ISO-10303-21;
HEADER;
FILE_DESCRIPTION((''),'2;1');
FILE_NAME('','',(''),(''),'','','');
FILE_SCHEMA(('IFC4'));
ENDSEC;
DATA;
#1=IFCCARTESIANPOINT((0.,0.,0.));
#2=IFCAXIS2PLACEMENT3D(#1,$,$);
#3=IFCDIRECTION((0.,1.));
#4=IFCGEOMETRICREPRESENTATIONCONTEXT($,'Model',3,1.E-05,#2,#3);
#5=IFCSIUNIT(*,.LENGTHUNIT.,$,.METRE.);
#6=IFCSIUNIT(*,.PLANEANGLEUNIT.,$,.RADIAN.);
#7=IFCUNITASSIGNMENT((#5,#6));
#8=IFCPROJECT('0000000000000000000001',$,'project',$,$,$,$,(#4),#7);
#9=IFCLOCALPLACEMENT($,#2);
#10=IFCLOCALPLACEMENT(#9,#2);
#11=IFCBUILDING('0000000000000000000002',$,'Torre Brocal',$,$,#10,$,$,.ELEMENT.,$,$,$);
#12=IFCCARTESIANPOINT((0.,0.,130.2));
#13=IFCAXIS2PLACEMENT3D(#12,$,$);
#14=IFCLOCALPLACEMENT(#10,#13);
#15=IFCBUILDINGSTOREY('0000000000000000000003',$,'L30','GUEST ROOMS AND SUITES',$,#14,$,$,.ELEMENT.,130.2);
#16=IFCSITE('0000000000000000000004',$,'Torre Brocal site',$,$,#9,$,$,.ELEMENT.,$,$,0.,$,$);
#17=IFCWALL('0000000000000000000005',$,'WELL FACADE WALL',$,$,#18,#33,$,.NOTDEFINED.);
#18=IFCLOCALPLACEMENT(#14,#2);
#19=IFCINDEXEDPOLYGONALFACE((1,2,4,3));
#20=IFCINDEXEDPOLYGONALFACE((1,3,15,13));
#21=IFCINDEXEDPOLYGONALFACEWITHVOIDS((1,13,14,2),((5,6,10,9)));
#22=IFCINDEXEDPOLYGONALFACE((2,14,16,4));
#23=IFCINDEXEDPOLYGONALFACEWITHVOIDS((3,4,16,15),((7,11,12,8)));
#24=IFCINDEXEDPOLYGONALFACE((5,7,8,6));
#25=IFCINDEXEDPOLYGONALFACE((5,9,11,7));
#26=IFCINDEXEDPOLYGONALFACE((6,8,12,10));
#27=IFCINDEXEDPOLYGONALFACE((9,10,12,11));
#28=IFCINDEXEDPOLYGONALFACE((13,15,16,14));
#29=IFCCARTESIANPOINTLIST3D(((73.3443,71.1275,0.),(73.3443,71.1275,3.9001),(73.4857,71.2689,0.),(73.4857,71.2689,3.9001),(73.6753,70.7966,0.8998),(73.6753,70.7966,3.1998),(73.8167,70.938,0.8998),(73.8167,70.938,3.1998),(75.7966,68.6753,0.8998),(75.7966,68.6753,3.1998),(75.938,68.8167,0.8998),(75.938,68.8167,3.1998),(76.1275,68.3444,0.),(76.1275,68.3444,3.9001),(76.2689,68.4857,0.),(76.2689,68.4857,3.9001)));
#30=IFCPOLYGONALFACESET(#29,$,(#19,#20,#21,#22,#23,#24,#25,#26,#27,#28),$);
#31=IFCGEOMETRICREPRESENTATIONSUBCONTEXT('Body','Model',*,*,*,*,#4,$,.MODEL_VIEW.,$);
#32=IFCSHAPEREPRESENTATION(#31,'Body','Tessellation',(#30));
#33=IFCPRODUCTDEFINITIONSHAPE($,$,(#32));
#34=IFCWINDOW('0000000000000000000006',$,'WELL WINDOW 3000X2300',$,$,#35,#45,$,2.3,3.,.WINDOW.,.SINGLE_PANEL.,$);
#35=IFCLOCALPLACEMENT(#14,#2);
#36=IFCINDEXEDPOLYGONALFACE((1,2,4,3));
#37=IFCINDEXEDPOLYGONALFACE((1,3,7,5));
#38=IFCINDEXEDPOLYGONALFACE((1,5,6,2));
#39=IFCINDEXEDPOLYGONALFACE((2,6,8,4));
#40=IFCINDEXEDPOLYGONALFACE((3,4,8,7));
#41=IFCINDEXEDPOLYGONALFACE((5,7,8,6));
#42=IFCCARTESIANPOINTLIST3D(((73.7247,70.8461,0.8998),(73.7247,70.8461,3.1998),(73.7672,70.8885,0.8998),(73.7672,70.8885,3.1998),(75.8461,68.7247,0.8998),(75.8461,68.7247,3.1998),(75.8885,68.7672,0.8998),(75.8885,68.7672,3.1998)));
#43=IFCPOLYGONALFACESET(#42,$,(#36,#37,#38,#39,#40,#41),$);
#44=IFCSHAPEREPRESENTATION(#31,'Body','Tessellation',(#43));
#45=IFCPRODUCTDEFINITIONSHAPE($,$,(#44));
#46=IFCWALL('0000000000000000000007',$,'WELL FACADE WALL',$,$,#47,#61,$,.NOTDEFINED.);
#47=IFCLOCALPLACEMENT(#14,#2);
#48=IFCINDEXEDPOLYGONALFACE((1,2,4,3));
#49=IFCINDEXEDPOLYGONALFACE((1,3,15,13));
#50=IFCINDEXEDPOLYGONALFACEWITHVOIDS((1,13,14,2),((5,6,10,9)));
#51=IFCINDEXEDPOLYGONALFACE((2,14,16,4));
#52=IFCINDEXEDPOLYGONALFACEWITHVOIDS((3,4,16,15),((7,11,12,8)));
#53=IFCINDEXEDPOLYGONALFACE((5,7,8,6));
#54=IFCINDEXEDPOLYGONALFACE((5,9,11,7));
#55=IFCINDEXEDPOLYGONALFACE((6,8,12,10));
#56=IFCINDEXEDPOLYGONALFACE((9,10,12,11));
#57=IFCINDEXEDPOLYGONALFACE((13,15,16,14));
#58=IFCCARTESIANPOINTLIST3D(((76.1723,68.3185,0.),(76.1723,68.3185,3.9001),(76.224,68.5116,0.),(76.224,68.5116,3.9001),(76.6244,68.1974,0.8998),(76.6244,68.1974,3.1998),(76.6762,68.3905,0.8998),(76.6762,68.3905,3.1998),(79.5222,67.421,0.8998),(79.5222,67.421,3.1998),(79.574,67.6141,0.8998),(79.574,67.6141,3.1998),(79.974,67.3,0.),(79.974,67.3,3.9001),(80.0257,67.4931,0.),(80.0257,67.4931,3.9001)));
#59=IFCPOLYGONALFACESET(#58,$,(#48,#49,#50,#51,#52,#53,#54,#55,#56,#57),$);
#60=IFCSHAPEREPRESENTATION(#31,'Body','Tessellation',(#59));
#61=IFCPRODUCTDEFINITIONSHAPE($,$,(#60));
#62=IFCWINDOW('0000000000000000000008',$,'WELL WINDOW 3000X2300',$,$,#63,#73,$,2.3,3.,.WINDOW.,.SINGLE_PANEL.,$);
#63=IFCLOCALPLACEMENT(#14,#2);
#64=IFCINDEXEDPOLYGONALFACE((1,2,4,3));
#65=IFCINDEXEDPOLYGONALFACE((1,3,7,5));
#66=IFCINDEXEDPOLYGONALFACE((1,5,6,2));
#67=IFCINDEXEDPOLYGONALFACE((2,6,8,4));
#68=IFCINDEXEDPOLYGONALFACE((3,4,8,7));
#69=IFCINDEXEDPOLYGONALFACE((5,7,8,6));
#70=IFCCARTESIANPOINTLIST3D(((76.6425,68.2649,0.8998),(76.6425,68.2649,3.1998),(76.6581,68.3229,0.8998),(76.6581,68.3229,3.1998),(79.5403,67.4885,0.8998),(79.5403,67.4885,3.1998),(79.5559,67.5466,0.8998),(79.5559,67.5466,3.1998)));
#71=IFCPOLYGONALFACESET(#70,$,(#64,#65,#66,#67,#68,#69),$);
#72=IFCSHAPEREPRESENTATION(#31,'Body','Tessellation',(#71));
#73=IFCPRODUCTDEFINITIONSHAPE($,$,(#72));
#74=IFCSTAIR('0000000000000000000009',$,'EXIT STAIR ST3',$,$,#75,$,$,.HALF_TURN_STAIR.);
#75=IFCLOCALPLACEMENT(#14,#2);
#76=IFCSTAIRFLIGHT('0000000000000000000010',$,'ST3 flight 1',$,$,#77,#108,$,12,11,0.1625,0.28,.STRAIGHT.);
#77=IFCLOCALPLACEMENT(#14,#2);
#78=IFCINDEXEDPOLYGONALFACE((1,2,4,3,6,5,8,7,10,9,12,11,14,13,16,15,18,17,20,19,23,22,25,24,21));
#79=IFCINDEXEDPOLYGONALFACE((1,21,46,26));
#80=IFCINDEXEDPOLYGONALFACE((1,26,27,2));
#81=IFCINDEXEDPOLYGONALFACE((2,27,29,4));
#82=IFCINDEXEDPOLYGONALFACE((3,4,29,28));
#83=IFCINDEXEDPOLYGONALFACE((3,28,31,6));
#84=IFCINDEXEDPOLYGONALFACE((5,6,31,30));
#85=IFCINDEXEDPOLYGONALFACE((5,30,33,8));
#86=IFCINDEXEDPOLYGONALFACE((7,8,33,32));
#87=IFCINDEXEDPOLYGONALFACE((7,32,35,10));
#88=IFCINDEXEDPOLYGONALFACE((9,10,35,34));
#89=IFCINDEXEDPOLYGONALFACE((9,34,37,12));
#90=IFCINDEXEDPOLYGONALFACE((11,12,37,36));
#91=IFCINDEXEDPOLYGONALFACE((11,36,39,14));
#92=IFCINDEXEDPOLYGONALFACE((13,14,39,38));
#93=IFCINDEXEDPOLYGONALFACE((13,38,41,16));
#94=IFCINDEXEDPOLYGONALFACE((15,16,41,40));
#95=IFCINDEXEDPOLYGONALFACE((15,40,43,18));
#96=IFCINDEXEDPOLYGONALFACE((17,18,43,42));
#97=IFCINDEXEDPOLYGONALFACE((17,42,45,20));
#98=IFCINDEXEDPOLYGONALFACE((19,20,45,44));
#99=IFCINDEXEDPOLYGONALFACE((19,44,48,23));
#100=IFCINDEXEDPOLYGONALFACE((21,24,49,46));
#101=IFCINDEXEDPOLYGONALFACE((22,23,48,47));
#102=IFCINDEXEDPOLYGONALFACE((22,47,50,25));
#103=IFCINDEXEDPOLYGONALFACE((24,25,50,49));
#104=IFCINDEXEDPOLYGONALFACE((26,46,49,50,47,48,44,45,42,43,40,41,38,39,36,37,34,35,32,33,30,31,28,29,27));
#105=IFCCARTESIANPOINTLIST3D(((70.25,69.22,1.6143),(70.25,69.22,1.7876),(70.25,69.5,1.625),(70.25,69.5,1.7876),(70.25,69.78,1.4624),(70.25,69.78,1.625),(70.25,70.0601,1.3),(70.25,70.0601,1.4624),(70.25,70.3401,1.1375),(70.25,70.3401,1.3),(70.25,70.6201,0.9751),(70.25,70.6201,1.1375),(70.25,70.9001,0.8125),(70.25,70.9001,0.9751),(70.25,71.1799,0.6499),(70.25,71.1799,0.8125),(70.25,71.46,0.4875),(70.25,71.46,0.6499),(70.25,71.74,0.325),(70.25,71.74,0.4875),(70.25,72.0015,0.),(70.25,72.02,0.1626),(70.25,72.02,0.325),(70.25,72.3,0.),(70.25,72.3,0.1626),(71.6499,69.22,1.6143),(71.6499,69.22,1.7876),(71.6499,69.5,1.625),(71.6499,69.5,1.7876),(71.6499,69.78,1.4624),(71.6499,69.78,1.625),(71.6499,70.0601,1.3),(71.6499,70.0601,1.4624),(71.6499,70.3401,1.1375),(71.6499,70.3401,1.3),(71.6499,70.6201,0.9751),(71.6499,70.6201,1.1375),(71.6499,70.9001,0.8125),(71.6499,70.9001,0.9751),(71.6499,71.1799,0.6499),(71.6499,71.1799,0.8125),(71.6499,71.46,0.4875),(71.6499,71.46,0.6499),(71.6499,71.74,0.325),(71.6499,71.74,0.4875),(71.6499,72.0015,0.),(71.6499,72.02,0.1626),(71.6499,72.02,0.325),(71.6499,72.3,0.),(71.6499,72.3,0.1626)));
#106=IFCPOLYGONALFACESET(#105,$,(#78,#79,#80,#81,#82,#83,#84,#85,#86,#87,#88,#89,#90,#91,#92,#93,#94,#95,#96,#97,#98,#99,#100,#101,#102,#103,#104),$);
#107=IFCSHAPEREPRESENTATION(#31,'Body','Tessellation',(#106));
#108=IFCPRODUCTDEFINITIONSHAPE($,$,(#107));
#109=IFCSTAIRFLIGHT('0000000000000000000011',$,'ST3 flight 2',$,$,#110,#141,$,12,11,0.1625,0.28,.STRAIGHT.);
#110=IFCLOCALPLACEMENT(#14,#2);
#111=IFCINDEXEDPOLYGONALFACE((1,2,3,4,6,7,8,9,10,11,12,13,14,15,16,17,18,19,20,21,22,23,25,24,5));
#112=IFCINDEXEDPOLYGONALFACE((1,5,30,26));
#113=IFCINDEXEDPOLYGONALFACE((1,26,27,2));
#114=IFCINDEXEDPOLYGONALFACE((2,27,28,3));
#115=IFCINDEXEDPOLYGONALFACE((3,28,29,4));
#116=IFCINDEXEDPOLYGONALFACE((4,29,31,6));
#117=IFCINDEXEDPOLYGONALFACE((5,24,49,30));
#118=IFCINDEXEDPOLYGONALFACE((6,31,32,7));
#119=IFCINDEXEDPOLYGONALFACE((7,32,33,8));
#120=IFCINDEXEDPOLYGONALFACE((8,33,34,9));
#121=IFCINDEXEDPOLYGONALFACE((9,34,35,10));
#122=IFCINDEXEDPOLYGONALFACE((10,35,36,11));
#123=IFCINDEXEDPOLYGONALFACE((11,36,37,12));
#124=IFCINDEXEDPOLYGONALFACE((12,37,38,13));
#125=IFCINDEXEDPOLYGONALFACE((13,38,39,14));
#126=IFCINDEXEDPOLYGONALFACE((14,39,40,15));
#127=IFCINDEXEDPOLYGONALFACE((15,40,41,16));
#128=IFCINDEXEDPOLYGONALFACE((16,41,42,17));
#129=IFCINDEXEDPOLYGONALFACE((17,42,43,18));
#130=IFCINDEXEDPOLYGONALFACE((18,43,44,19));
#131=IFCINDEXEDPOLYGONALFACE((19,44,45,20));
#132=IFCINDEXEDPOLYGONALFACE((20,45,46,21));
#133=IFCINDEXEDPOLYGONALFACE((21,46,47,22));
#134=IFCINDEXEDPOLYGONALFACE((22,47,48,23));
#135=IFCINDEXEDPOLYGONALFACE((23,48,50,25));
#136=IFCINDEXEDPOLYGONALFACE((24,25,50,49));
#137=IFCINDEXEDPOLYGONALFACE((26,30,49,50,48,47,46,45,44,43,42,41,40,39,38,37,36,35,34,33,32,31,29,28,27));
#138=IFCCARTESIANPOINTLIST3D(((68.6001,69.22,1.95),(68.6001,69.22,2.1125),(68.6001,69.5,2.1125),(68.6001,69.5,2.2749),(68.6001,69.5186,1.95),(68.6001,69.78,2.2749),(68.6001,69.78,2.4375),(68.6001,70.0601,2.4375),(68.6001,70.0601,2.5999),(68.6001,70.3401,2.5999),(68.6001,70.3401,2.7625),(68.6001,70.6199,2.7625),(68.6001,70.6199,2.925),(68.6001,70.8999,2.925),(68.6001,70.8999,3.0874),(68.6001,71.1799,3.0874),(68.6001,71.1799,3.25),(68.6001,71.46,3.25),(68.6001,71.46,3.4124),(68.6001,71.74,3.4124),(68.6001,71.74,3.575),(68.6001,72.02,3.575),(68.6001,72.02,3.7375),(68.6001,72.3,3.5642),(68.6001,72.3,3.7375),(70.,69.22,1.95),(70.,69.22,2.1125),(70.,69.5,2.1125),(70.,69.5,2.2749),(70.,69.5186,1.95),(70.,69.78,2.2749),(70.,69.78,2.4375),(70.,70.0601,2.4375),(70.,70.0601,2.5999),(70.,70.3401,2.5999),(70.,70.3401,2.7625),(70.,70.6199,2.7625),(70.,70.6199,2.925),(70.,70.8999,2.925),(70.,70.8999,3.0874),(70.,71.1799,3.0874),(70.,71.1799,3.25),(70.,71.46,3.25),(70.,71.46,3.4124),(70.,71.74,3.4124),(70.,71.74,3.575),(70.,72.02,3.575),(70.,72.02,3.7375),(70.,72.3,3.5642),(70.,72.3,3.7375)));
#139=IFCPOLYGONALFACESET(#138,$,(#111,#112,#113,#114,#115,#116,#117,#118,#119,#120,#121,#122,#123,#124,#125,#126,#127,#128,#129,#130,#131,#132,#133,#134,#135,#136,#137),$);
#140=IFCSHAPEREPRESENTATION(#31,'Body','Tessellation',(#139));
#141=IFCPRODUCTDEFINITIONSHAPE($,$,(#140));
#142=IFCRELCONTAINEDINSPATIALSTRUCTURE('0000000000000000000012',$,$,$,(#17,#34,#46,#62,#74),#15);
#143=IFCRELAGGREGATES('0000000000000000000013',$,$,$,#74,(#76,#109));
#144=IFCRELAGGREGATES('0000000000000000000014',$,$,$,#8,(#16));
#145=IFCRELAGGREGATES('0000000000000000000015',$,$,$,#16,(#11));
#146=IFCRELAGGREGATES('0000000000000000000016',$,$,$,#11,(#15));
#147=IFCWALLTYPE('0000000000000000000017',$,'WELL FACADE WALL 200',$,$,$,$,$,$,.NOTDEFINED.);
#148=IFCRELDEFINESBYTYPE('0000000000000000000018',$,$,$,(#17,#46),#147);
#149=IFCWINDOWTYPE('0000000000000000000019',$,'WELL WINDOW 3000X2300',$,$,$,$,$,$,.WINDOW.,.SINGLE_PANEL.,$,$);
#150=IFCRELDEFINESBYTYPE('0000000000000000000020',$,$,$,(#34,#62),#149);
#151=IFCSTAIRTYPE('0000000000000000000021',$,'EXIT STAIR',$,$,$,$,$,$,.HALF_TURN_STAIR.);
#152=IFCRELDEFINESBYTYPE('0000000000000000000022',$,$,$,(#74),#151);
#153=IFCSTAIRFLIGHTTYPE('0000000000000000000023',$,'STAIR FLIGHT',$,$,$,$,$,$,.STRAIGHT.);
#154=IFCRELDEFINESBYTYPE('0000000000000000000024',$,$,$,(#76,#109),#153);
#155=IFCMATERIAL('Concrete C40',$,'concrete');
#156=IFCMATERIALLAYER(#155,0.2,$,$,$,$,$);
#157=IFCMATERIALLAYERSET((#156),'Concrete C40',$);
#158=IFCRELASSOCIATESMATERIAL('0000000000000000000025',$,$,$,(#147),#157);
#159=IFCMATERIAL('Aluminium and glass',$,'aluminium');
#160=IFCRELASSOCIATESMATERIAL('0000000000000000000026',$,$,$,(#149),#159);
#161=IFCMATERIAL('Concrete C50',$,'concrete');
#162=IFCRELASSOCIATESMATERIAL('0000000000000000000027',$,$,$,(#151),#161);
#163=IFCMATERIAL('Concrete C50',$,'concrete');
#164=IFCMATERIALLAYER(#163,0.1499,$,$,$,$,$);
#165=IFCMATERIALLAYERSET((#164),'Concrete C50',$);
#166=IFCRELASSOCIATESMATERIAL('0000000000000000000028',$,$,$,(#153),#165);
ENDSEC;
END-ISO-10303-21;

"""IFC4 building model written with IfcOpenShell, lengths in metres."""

from ifc_helpers import new_model, si_unit, direction, frame, frame_2d, origin, place, context, subcontext, project, spatial, polyline, rectangle, outline, extrude, material, layer, layer_set, type_object, element, fill, aggregate, save


model = new_model("IFC4")

# Units and contexts
model_context = context("Model", 3, precision=1e-05, world=origin(), true_north=direction((0.0, 1.0)))
body_context = subcontext(model_context, "Body", "Model", "MODEL_VIEW")
ifc_project = project(units=[si_unit("LENGTHUNIT", "METRE"), si_unit("PLANEANGLEUNIT", "RADIAN")], contexts=[model_context])

# Site, building, storey
site_placement = place(None, origin())
site = spatial("IfcSite", under=ifc_project, at=site_placement, Name="Torre Brocal site", CompositionType="ELEMENT", RefElevation=0.0)
building_placement = place(site_placement, origin())
building = spatial("IfcBuilding", under=site, at=building_placement, Name="Torre Brocal", CompositionType="ELEMENT")
storey_placement = place(building_placement, frame((0.0, 0.0, 130.2)))
storey = spatial("IfcBuildingStorey", under=building, at=storey_placement, Name="L30", Description="GUEST ROOMS AND SUITES", CompositionType="ELEMENT", Elevation=130.2)

# Walls, openings, windows
ifc_material_1 = material(Name="Concrete C40", Category="concrete")
ifc_layer_1 = layer(ifc_material_1, 0.2)
ifc_layer_set_1 = layer_set([ifc_layer_1], Name="Concrete C40")
wall_type_1 = type_object("IfcWallType", Name="WELL FACADE WALL 200", PredefinedType="NOTDEFINED", material=ifc_layer_set_1)
wall_1_placement = place(storey_placement, frame((73.415, 71.1982, 0.0), z_axis=(0.0, 0.0, 1.0), x_axis=(0.707107, -0.707107, 0.0)))
wall_1 = element("IfcWall", 1, at=wall_1_placement, inside=storey, type_object=wall_type_1, Name="WELL FACADE WALL", PredefinedType="NOTDEFINED", context=body_context, shape_type="SweptSolid", body=[
    extrude(rectangle(XDim=3.936, YDim=0.2, at=frame_2d((1.968, 0.0))), origin(), (0.0, 0.0, 1.0), 3.9001),
])
opening_1_placement = place(wall_1_placement, frame((0.468, 0.0, 0.8999)))
opening_1 = element("IfcOpeningElement", 2, at=opening_1_placement, cuts=wall_1, PredefinedType="OPENING", context=body_context, shape_type="SweptSolid", body=[
    extrude(rectangle(XDim=3.0, YDim=2.3, at=frame_2d((1.5, 1.1499))), frame((0.0, 0.1099, 0.0), z_axis=(0.0, -1.0, 0.0), x_axis=(1.0, 0.0, 0.0)), (0.0, 0.0, 1.0), 0.22),
])
ifc_material_2 = material(Name="Aluminium and glass", Category="aluminium")
window_type = type_object("IfcWindowType", Name="WELL WINDOW 3000X2300", PartitioningType="SINGLE_PANEL", PredefinedType="WINDOW", material=ifc_material_2)
window_1_placement = place(opening_1_placement, origin())
window_1 = element("IfcWindow", 3, at=window_1_placement, inside=storey, type_object=window_type, Name="WELL WINDOW 3000X2300", OverallHeight=2.3, OverallWidth=3.0, PartitioningType="SINGLE_PANEL", PredefinedType="WINDOW", context=body_context, shape_type="SweptSolid", body=[
    extrude(rectangle(XDim=3.0, YDim=2.3, at=frame_2d((1.5, 1.1499))), frame((0.0, 0.03, 0.0), z_axis=(0.0, -1.0, 0.0), x_axis=(1.0, 0.0, 0.0)), (0.0, 0.0, 1.0), 0.0601),
])
fill(opening_1, window_1)
wall_2_placement = place(storey_placement, frame((76.1982, 68.415, 0.0), z_axis=(0.0, 0.0, 1.0), x_axis=(0.965934, -0.25879, 0.0)))
wall_2 = element("IfcWall", 4, at=wall_2_placement, inside=storey, type_object=wall_type_1, Name="WELL FACADE WALL", PredefinedType="NOTDEFINED", context=body_context, shape_type="SweptSolid", body=[
    extrude(rectangle(XDim=3.9358, YDim=0.2, at=frame_2d((1.9678, 0.0))), origin(), (0.0, 0.0, 1.0), 3.9001),
])
opening_2_placement = place(wall_2_placement, frame((0.468, 0.0, 0.8999)))
opening_2 = element("IfcOpeningElement", 5, at=opening_2_placement, cuts=wall_2, PredefinedType="OPENING", context=body_context, shape_type="SweptSolid", body=[
    extrude(rectangle(XDim=3.0, YDim=2.3, at=frame_2d((1.5, 1.1499))), frame((0.0, 0.1099, 0.0), z_axis=(0.0, -1.0, 0.0), x_axis=(1.0, 0.0, 0.0)), (0.0, 0.0, 1.0), 0.22),
])
window_2_placement = place(opening_2_placement, origin())
window_2 = element("IfcWindow", 6, at=window_2_placement, inside=storey, type_object=window_type, Name="WELL WINDOW 3000X2300", OverallHeight=2.3, OverallWidth=3.0, PartitioningType="SINGLE_PANEL", PredefinedType="WINDOW", context=body_context, shape_type="SweptSolid", body=[
    extrude(rectangle(XDim=3.0, YDim=2.3, at=frame_2d((1.5, 1.1499))), frame((0.0, 0.03, 0.0), z_axis=(0.0, -1.0, 0.0), x_axis=(1.0, 0.0, 0.0)), (0.0, 0.0, 1.0), 0.0601),
])
fill(opening_2, window_2)

# Stair, stair flights
ifc_material_3 = material(Name="Concrete C50", Category="concrete")
stair_type = type_object("IfcStairType", Name="EXIT STAIR", PredefinedType="HALF_TURN_STAIR", material=ifc_material_3)
stair_placement = place(storey_placement, origin())
stair = element("IfcStair", 7, at=stair_placement, inside=storey, type_object=stair_type, Name="EXIT STAIR ST3", PredefinedType="HALF_TURN_STAIR")
ifc_material_4 = material(Name="Concrete C50", Category="concrete")
ifc_layer_2 = layer(ifc_material_4, 0.1499)
ifc_layer_set_2 = layer_set([ifc_layer_2], Name="Concrete C50")
stair_flight_type = type_object("IfcStairFlightType", Name="STAIR FLIGHT", PredefinedType="STRAIGHT", material=ifc_layer_set_2)
stair_flight_1_placement = place(storey_placement, frame((70.95, 72.3, 0.0), z_axis=(0.0, 0.0, 1.0), x_axis=(0.0, -1.0, 0.0)))
stair_flight_1 = element("IfcStairFlight", 8, at=stair_flight_1_placement, type_object=stair_flight_type, Name="ST3 flight 1", NumberOfRisers=12, NumberOfTreads=11, PredefinedType="STRAIGHT", RiserHeight=0.1625, TreadLength=0.28, context=body_context, shape_type="SweptSolid", body=[
    extrude(outline(polyline([(0.0, 0.0), (0.0, 0.1626), (0.28, 0.1626), (0.28, 0.325), (0.5601, 0.325), (0.5601, 0.4875), (0.8401, 0.4875), (0.8401, 0.6499), (1.1201, 0.6499), (1.1201, 0.8125), (1.3999, 0.8125), (1.3999, 0.9751), (1.6799, 0.9751), (1.6799, 1.1375), (1.96, 1.1375), (1.96, 1.3), (2.24, 1.3), (2.24, 1.4624), (2.52, 1.4624), (2.52, 1.625), (2.8, 1.625), (2.8, 1.7876), (3.0801, 1.7876), (3.0801, 1.95), (3.0801, 1.6143), (0.2986, 0.0), (0.0, 0.0)])), frame((0.0, 0.7, 0.0), z_axis=(0.0, -1.0, 0.0), x_axis=(1.0, 0.0, 0.0)), (0.0, 0.0, 1.0), 1.3999),
])
stair_flight_2_placement = place(storey_placement, frame((69.3, 69.22, 1.95), z_axis=(0.0, 0.0, 1.0), x_axis=(0.0, 1.0, 0.0)))
stair_flight_2 = element("IfcStairFlight", 9, at=stair_flight_2_placement, type_object=stair_flight_type, Name="ST3 flight 2", NumberOfRisers=12, NumberOfTreads=11, PredefinedType="STRAIGHT", RiserHeight=0.1625, TreadLength=0.28, context=body_context, shape_type="SweptSolid", body=[
    extrude(outline(polyline([(0.0, 0.0), (0.0, 0.1626), (0.28, 0.1626), (0.28, 0.325), (0.5601, 0.325), (0.5601, 0.4875), (0.8401, 0.4875), (0.8401, 0.6499), (1.1201, 0.6499), (1.1201, 0.8125), (1.3999, 0.8125), (1.3999, 0.9751), (1.6799, 0.9751), (1.6799, 1.1375), (1.96, 1.1375), (1.96, 1.3), (2.24, 1.3), (2.24, 1.4624), (2.52, 1.4624), (2.52, 1.625), (2.8, 1.625), (2.8, 1.7876), (3.0801, 1.7876), (3.0801, 1.95), (3.0801, 1.6143), (0.2986, 0.0), (0.0, 0.0)])), frame((0.0, 0.7, 0.0), z_axis=(0.0, -1.0, 0.0), x_axis=(1.0, 0.0, 0.0)), (0.0, 0.0, 1.0), 1.3999),
])
aggregate(stair, [stair_flight_1, stair_flight_2])

save(model, "model.ifc")
